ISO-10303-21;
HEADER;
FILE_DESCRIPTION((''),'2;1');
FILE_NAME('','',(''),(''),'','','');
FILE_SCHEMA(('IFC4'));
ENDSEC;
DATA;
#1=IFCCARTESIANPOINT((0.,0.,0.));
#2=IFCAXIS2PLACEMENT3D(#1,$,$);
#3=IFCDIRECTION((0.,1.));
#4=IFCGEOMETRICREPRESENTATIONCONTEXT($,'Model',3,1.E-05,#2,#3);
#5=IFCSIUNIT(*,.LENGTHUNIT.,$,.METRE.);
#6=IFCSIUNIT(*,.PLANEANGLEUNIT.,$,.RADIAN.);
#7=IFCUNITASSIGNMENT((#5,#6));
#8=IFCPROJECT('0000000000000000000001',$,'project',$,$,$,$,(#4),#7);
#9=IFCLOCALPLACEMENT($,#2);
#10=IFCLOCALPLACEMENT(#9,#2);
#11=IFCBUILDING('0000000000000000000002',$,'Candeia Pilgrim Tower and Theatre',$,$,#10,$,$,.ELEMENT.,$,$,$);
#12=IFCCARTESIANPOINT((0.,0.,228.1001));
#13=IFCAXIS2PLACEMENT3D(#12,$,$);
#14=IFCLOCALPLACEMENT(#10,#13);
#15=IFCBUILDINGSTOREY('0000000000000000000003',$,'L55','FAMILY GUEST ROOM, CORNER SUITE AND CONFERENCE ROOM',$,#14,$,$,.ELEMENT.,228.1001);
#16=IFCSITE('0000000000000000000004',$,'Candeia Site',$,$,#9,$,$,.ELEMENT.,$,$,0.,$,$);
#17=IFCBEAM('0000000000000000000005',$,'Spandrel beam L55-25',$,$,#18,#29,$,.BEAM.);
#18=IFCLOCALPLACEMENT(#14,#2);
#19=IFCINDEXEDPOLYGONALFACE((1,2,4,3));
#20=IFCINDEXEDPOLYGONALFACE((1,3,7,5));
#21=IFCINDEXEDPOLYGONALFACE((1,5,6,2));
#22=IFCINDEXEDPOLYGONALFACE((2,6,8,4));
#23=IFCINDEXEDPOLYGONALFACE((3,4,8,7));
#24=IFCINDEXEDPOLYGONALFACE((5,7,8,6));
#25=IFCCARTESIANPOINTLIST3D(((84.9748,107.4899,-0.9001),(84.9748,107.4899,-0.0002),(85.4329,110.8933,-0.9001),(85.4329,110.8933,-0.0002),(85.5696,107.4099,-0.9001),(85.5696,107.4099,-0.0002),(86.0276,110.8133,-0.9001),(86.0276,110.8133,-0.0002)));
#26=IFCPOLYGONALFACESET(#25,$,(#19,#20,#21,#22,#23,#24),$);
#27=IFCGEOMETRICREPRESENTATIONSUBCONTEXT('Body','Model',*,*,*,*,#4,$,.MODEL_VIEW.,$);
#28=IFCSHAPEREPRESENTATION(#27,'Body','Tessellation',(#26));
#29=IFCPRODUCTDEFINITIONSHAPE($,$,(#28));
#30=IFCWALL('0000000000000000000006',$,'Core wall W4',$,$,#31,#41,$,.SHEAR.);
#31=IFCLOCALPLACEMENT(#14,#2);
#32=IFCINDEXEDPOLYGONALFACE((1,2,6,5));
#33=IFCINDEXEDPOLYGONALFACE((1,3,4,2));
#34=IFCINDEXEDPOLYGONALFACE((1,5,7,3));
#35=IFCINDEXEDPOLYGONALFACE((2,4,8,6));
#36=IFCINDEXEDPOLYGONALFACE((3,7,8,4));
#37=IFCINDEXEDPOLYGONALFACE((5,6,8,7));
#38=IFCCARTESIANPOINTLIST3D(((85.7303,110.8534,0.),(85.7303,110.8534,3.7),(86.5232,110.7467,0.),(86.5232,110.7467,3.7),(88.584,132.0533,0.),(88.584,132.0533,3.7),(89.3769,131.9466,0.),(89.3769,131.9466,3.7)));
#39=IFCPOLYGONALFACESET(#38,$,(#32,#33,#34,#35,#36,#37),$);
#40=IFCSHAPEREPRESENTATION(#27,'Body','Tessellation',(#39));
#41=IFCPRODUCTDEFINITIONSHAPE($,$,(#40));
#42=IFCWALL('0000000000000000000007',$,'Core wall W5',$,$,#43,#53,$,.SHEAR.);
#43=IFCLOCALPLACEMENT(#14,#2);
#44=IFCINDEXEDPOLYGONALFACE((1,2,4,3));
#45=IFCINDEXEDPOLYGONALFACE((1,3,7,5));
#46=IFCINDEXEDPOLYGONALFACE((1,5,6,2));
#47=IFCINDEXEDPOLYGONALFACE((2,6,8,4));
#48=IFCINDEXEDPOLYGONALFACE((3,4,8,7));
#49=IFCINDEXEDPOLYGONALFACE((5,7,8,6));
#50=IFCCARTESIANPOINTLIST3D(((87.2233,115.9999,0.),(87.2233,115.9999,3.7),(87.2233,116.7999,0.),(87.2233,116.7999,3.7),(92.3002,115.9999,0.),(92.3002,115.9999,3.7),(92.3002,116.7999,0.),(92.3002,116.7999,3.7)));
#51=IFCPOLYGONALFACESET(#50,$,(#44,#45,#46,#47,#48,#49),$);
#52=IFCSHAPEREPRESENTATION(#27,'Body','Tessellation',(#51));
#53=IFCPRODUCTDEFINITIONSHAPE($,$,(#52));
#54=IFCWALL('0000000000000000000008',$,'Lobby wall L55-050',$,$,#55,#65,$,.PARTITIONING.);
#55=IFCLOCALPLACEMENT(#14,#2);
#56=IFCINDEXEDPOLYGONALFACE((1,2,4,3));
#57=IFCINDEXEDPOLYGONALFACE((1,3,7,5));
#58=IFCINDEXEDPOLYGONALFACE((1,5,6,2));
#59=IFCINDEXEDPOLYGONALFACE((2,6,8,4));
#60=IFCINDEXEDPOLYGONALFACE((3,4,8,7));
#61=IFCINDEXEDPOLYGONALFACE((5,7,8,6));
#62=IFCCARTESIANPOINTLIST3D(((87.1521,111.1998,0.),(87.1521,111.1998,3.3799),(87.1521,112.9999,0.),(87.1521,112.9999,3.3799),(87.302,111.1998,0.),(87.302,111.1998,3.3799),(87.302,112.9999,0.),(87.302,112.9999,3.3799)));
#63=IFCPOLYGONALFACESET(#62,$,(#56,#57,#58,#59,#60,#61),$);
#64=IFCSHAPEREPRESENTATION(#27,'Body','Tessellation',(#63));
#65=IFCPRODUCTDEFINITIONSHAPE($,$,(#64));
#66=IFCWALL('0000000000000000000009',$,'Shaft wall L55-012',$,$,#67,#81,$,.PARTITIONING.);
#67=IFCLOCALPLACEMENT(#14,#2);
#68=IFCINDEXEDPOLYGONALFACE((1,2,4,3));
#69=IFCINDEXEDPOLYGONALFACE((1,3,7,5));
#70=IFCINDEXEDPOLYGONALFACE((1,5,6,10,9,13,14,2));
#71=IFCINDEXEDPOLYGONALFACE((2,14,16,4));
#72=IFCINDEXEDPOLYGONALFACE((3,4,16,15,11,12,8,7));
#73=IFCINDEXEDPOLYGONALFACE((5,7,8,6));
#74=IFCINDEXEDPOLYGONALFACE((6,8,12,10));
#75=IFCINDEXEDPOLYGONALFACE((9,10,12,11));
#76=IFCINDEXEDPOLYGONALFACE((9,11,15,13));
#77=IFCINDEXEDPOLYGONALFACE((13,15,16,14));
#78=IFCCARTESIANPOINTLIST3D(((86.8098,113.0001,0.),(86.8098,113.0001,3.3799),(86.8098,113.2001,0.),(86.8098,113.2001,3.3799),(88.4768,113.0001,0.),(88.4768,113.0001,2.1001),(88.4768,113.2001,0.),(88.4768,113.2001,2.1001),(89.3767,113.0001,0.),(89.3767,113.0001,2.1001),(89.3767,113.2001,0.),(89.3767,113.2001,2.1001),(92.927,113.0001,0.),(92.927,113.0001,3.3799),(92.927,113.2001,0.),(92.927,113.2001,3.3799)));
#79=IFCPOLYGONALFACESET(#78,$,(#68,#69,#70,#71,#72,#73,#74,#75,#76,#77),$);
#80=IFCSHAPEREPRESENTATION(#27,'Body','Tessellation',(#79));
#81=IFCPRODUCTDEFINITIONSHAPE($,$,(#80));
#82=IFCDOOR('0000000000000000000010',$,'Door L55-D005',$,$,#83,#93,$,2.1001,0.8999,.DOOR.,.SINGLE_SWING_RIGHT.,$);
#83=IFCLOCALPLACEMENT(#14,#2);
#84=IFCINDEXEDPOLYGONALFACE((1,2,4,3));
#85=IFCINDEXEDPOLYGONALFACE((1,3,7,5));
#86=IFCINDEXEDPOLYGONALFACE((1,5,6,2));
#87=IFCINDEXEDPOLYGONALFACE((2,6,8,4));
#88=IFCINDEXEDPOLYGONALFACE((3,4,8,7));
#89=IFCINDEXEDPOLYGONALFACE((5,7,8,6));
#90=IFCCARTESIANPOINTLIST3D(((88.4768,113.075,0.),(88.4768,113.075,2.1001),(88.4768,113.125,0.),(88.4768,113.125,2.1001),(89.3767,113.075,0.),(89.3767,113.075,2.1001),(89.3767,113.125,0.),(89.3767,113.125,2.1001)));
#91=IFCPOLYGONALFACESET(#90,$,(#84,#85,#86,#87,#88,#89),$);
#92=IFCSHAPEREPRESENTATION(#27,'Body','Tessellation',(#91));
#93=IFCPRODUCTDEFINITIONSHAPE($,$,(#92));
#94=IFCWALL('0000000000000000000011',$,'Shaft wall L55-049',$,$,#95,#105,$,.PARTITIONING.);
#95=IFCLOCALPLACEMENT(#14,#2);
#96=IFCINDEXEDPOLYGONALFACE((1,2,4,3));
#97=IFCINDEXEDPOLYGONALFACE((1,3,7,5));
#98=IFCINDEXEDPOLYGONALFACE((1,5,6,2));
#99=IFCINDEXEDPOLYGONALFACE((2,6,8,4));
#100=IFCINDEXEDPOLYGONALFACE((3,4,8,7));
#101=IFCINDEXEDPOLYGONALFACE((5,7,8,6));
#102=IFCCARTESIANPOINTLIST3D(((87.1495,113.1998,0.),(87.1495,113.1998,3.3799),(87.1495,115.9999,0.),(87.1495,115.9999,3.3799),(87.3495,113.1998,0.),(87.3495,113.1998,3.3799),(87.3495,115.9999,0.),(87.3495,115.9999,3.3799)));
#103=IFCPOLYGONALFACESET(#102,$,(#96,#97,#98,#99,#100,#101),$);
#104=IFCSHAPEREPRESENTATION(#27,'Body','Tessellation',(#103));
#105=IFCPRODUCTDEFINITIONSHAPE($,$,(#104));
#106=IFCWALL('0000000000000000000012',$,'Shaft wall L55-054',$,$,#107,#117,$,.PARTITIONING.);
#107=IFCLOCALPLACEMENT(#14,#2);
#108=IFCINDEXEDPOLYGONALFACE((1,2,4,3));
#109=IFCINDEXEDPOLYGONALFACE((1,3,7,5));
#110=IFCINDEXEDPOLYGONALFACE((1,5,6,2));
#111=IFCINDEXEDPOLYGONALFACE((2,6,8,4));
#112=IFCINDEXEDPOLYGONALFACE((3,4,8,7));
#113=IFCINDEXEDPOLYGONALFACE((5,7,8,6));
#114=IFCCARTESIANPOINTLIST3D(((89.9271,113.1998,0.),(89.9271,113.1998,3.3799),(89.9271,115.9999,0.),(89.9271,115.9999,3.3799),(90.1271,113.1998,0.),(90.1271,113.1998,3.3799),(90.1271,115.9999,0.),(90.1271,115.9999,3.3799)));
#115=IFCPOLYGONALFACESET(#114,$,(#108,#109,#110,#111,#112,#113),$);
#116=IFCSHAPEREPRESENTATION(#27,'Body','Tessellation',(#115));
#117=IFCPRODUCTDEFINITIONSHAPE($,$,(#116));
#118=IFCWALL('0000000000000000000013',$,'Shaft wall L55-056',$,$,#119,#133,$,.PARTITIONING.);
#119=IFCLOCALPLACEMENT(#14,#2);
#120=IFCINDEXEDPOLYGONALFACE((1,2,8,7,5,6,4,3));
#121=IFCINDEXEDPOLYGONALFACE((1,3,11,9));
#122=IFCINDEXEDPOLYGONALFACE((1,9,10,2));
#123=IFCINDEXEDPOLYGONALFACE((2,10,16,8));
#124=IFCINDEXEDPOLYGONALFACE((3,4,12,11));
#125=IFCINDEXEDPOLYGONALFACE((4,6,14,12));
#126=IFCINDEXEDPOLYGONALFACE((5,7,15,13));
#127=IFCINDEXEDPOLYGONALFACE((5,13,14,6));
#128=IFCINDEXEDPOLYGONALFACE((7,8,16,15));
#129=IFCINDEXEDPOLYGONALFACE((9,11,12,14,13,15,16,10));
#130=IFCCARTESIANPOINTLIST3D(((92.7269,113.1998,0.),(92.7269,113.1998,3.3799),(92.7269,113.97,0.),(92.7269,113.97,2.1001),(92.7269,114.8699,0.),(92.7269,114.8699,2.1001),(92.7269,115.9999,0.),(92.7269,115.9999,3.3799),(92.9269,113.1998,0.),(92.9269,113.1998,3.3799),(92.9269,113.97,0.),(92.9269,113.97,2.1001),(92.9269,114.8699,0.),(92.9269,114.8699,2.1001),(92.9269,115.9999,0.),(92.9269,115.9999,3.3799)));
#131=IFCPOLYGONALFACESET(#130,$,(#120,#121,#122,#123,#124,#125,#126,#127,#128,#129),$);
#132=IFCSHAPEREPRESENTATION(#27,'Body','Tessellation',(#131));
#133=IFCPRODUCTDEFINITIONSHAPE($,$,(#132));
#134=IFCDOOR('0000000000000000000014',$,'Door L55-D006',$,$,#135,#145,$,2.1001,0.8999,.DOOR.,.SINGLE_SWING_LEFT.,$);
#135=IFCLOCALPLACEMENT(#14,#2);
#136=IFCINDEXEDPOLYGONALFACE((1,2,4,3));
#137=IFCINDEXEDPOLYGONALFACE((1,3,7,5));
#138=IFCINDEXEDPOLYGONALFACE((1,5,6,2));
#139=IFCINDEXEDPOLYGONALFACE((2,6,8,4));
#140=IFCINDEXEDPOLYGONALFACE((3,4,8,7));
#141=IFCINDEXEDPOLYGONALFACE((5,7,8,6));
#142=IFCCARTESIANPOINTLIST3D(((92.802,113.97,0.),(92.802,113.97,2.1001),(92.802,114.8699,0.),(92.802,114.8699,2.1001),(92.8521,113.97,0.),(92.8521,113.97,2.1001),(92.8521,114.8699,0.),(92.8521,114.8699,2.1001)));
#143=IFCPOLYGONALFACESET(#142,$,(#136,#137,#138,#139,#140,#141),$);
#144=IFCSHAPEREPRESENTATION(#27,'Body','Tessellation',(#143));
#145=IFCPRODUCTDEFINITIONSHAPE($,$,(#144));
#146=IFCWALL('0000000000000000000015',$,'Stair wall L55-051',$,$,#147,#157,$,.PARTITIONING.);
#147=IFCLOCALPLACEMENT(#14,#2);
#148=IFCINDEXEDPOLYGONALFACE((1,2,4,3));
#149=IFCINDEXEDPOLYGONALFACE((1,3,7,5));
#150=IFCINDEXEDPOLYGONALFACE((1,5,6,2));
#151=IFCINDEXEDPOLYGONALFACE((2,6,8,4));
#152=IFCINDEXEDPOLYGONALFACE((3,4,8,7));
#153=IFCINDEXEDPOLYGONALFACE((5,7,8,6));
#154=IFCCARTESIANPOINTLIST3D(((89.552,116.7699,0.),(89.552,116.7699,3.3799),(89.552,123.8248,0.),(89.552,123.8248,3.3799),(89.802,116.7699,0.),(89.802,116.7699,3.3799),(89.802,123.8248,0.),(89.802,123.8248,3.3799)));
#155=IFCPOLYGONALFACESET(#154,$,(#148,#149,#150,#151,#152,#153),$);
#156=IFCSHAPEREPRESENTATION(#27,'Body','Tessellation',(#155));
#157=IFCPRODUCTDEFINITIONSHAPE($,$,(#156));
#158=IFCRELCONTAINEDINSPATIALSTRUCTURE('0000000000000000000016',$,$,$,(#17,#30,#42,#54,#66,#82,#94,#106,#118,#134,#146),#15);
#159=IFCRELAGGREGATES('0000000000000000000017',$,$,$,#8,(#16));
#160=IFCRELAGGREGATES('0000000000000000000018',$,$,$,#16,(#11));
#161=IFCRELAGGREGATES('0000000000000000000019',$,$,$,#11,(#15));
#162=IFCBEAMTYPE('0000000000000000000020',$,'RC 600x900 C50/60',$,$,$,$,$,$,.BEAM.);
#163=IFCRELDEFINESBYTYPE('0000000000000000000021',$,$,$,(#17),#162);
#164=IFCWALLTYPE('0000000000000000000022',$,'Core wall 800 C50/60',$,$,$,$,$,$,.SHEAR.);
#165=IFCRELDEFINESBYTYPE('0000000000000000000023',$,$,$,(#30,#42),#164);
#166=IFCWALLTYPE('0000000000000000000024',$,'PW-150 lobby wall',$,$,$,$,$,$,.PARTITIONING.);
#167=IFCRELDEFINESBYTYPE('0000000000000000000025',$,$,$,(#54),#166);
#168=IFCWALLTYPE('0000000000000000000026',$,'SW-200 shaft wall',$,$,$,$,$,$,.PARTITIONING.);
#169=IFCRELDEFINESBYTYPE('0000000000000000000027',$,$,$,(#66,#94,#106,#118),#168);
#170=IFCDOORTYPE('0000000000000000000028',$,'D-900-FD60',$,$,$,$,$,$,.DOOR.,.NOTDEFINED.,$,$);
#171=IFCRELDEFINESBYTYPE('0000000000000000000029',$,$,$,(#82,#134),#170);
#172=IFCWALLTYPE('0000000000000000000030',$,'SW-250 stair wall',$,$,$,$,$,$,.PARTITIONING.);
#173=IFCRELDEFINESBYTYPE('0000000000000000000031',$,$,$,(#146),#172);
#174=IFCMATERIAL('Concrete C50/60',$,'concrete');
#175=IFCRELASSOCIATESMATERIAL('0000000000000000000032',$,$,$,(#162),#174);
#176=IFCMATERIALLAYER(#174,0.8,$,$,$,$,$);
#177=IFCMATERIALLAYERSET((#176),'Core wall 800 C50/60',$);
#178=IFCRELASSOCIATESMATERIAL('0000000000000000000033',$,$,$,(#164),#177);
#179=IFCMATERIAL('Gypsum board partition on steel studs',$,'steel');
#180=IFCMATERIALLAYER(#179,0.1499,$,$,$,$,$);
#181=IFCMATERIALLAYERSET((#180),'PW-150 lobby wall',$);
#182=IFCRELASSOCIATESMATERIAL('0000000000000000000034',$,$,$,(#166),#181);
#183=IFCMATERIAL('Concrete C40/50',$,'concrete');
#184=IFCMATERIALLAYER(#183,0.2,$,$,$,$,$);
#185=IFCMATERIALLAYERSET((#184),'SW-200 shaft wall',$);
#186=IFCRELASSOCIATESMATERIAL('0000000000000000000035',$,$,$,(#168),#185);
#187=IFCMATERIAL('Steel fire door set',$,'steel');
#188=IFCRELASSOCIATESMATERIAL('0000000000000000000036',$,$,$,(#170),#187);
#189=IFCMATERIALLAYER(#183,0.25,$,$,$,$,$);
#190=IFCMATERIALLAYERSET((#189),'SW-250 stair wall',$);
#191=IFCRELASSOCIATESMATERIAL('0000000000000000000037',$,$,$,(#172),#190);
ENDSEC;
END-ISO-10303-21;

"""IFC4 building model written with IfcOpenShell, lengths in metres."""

from ifc_helpers import new_model, si_unit, direction, frame, frame_2d, origin, origin_2d, place, context, subcontext, project, spatial, rectangle, extrude, material, layer, layer_set, material_profile, profile_set, type_object, element, fill, save


model = new_model("IFC4")

# Units and contexts
model_context = context("Model", 3, precision=1e-05, world=origin(), true_north=direction((0.0, 1.0)))
body_context = subcontext(model_context, "Body", "Model", "MODEL_VIEW")
ifc_project = project(units=[si_unit("LENGTHUNIT", "METRE"), si_unit("PLANEANGLEUNIT", "RADIAN")], contexts=[model_context])

# Site, building, storey
site_placement = place(None, origin())
site = spatial("IfcSite", under=ifc_project, at=site_placement, Name="Candeia Site", CompositionType="ELEMENT", RefElevation=0.0)
building_placement = place(site_placement, origin())
building = spatial("IfcBuilding", under=site, at=building_placement, Name="Candeia Pilgrim Tower and Theatre", CompositionType="ELEMENT")
storey_placement = place(building_placement, frame((0.0, 0.0, 228.1001)))
storey = spatial("IfcBuildingStorey", under=building, at=storey_placement, Name="L55", Description="FAMILY GUEST ROOM, CORNER SUITE AND CONFERENCE ROOM", CompositionType="ELEMENT", Elevation=228.1001)

# Beam
ifc_material_1 = material(Name="Concrete C50/60", Category="concrete")
ifc_material_profile = material_profile(ifc_material_1, rectangle(XDim=0.6001, YDim=0.8999, at=origin_2d()))
ifc_profile_set = profile_set([ifc_material_profile], Name="Concrete C50/60")
beam_type = type_object("IfcBeamType", Name="RC 600x900 C50/60", PredefinedType="BEAM", material=ifc_profile_set)
beam_placement = place(storey_placement, frame((85.7302, 110.8533, -0.4502), z_axis=(-0.133374, -0.991066, 0.0), x_axis=(0.991066, -0.133374, 0.0)))
element("IfcBeam", 1, at=beam_placement, inside=storey, type_object=beam_type, Name="Spandrel beam L55-25", PredefinedType="BEAM", context=body_context, shape_type="SweptSolid", body=[
    extrude(rectangle(XDim=0.6001, YDim=0.8999, at=origin_2d()), origin(), (0.0, 0.0, 1.0), 3.4341),
])

# Walls
ifc_layer_1 = layer(ifc_material_1, 0.8)
ifc_layer_set_1 = layer_set([ifc_layer_1], Name="Core wall 800 C50/60")
wall_type_1 = type_object("IfcWallType", Name="Core wall 800 C50/60", PredefinedType="SHEAR", material=ifc_layer_set_1)
wall_1_placement = place(storey_placement, frame((86.1267, 110.8, 0.0), z_axis=(0.0, 0.0, 1.0), x_axis=(0.133408, 0.991061, 0.0)))
element("IfcWall", 2, at=wall_1_placement, inside=storey, type_object=wall_type_1, Name="Core wall W4", PredefinedType="SHEAR", context=body_context, shape_type="SweptSolid", body=[
    extrude(rectangle(XDim=21.3911, YDim=0.8, at=frame_2d((10.6956, 0.0))), origin(), (0.0, 0.0, 1.0), 3.7),
])
wall_2_placement = place(storey_placement, frame((87.2231, 116.3999, 0.0), z_axis=(0.0, 0.0, 1.0), x_axis=(1.0, 0.0, 0.0)))
element("IfcWall", 3, at=wall_2_placement, inside=storey, type_object=wall_type_1, Name="Core wall W5", PredefinedType="SHEAR", context=body_context, shape_type="SweptSolid", body=[
    extrude(rectangle(XDim=5.0769, YDim=0.8, at=frame_2d((2.5386, 0.0))), origin(), (0.0, 0.0, 1.0), 3.7),
])
ifc_material_2 = material(Name="Gypsum board partition on steel studs", Category="steel")
ifc_layer_2 = layer(ifc_material_2, 0.1499)
ifc_layer_set_2 = layer_set([ifc_layer_2], Name="PW-150 lobby wall")
wall_type_2 = type_object("IfcWallType", Name="PW-150 lobby wall", PredefinedType="PARTITIONING", material=ifc_layer_set_2)
wall_3_placement = place(storey_placement, frame((87.2271, 111.2, 0.0), z_axis=(0.0, 0.0, 1.0), x_axis=(0.0, 1.0, 0.0)))
element("IfcWall", 4, at=wall_3_placement, inside=storey, type_object=wall_type_2, Name="Lobby wall L55-050", PredefinedType="PARTITIONING", context=body_context, shape_type="SweptSolid", body=[
    extrude(rectangle(XDim=1.8, YDim=0.1499, at=frame_2d((0.8999, 0.0))), origin(), (0.0, 0.0, 1.0), 3.3799),
])

# Wall, opening, door
ifc_material_3 = material(Name="Concrete C40/50", Category="concrete")
ifc_layer_3 = layer(ifc_material_3, 0.2)
ifc_layer_set_3 = layer_set([ifc_layer_3], Name="SW-200 shaft wall")
wall_type_3 = type_object("IfcWallType", Name="SW-200 shaft wall", PredefinedType="PARTITIONING", material=ifc_layer_set_3)
wall_4_placement = place(storey_placement, frame((86.8098, 113.1001, 0.0), z_axis=(0.0, 0.0, 1.0), x_axis=(1.0, 0.0, 0.0)))
wall_4 = element("IfcWall", 5, at=wall_4_placement, inside=storey, type_object=wall_type_3, Name="Shaft wall L55-012", PredefinedType="PARTITIONING", context=body_context, shape_type="SweptSolid", body=[
    extrude(rectangle(XDim=6.1172, YDim=0.2, at=frame_2d((3.0586, 0.0))), origin(), (0.0, 0.0, 1.0), 3.3799),
])
opening_1_placement = place(wall_4_placement, frame((1.667, 0.0, 0.0)))
opening_1 = element("IfcOpeningElement", 6, at=opening_1_placement, cuts=wall_4, PredefinedType="OPENING", context=body_context, shape_type="SweptSolid", body=[
    extrude(rectangle(XDim=0.8999, YDim=2.1001, at=frame_2d((0.45, 1.05))), frame((0.0, 0.1099, 0.0), z_axis=(0.0, -1.0, 0.0), x_axis=(1.0, 0.0, 0.0)), (0.0, 0.0, 1.0), 0.22),
])
ifc_material_4 = material(Name="Steel fire door set", Category="steel")
door_type = type_object("IfcDoorType", Name="D-900-FD60", OperationType="NOTDEFINED", PredefinedType="DOOR", material=ifc_material_4)
door_1_placement = place(opening_1_placement, origin())
door_1 = element("IfcDoor", 7, at=door_1_placement, inside=storey, type_object=door_type, Name="Door L55-D005", OperationType="SINGLE_SWING_RIGHT", OverallHeight=2.1001, OverallWidth=0.8999, PredefinedType="DOOR", context=body_context, shape_type="SweptSolid", body=[
    extrude(rectangle(XDim=0.8999, YDim=2.1001, at=frame_2d((0.45, 1.05))), frame((0.0, 0.0249, 0.0), z_axis=(0.0, -1.0, 0.0), x_axis=(1.0, 0.0, 0.0)), (0.0, 0.0, 1.0), 0.05),
])
fill(opening_1, door_1)

# Walls
for number, where, z_axis, x_axis, name in (
    (8, (87.2495, 113.2, 0.0), (0.0, 0.0, 1.0), (0.0, 1.0, 0.0), "Shaft wall L55-049"),
    (9, (90.0271, 113.2, 0.0), (0.0, 0.0, 1.0), (0.0, 1.0, 0.0), "Shaft wall L55-054"),
):
    element("IfcWall", number, at=place(storey_placement, frame(where, z_axis=z_axis, x_axis=x_axis)), inside=storey, type_object=wall_type_3, Name=name, PredefinedType="PARTITIONING", context=body_context, shape_type="SweptSolid", body=[
        extrude(rectangle(XDim=2.8, YDim=0.2, at=frame_2d((1.3999, 0.0))), origin(), (0.0, 0.0, 1.0), 3.3799),
    ])

# Wall, opening, door
wall_5_placement = place(storey_placement, frame((92.8269, 113.2, 0.0), z_axis=(0.0, 0.0, 1.0), x_axis=(0.0, 1.0, 0.0)))
wall_5 = element("IfcWall", 10, at=wall_5_placement, inside=storey, type_object=wall_type_3, Name="Shaft wall L55-056", PredefinedType="PARTITIONING", context=body_context, shape_type="SweptSolid", body=[
    extrude(rectangle(XDim=2.8, YDim=0.2, at=frame_2d((1.3999, 0.0))), origin(), (0.0, 0.0, 1.0), 3.3799),
])
opening_2_placement = place(wall_5_placement, frame((0.77, 0.0, 0.0)))
opening_2 = element("IfcOpeningElement", 11, at=opening_2_placement, cuts=wall_5, PredefinedType="OPENING", context=body_context, shape_type="SweptSolid", body=[
    extrude(rectangle(XDim=0.8999, YDim=2.1001, at=frame_2d((0.45, 1.05))), frame((0.0, 0.1099, 0.0), z_axis=(0.0, -1.0, 0.0), x_axis=(1.0, 0.0, 0.0)), (0.0, 0.0, 1.0), 0.22),
])
door_2_placement = place(opening_2_placement, origin())
door_2 = element("IfcDoor", 12, at=door_2_placement, inside=storey, type_object=door_type, Name="Door L55-D006", OperationType="SINGLE_SWING_LEFT", OverallHeight=2.1001, OverallWidth=0.8999, PredefinedType="DOOR", context=body_context, shape_type="SweptSolid", body=[
    extrude(rectangle(XDim=0.8999, YDim=2.1001, at=frame_2d((0.45, 1.05))), frame((0.0, 0.0249, 0.0), z_axis=(0.0, -1.0, 0.0), x_axis=(1.0, 0.0, 0.0)), (0.0, 0.0, 1.0), 0.05),
])
fill(opening_2, door_2)

# Wall
ifc_layer_4 = layer(ifc_material_3, 0.25)
ifc_layer_set_4 = layer_set([ifc_layer_4], Name="SW-250 stair wall")
wall_type_4 = type_object("IfcWallType", Name="SW-250 stair wall", PredefinedType="PARTITIONING", material=ifc_layer_set_4)
wall_6_placement = place(storey_placement, frame((89.677, 116.77, 0.0), z_axis=(0.0, 0.0, 1.0), x_axis=(0.0, 1.0, 0.0)))
element("IfcWall", 13, at=wall_6_placement, inside=storey, type_object=wall_type_4, Name="Stair wall L55-051", PredefinedType="PARTITIONING", context=body_context, shape_type="SweptSolid", body=[
    extrude(rectangle(XDim=7.0549, YDim=0.25, at=frame_2d((3.5273, 0.0))), origin(), (0.0, 0.0, 1.0), 3.3799),
])

save(model, "model.ifc")
